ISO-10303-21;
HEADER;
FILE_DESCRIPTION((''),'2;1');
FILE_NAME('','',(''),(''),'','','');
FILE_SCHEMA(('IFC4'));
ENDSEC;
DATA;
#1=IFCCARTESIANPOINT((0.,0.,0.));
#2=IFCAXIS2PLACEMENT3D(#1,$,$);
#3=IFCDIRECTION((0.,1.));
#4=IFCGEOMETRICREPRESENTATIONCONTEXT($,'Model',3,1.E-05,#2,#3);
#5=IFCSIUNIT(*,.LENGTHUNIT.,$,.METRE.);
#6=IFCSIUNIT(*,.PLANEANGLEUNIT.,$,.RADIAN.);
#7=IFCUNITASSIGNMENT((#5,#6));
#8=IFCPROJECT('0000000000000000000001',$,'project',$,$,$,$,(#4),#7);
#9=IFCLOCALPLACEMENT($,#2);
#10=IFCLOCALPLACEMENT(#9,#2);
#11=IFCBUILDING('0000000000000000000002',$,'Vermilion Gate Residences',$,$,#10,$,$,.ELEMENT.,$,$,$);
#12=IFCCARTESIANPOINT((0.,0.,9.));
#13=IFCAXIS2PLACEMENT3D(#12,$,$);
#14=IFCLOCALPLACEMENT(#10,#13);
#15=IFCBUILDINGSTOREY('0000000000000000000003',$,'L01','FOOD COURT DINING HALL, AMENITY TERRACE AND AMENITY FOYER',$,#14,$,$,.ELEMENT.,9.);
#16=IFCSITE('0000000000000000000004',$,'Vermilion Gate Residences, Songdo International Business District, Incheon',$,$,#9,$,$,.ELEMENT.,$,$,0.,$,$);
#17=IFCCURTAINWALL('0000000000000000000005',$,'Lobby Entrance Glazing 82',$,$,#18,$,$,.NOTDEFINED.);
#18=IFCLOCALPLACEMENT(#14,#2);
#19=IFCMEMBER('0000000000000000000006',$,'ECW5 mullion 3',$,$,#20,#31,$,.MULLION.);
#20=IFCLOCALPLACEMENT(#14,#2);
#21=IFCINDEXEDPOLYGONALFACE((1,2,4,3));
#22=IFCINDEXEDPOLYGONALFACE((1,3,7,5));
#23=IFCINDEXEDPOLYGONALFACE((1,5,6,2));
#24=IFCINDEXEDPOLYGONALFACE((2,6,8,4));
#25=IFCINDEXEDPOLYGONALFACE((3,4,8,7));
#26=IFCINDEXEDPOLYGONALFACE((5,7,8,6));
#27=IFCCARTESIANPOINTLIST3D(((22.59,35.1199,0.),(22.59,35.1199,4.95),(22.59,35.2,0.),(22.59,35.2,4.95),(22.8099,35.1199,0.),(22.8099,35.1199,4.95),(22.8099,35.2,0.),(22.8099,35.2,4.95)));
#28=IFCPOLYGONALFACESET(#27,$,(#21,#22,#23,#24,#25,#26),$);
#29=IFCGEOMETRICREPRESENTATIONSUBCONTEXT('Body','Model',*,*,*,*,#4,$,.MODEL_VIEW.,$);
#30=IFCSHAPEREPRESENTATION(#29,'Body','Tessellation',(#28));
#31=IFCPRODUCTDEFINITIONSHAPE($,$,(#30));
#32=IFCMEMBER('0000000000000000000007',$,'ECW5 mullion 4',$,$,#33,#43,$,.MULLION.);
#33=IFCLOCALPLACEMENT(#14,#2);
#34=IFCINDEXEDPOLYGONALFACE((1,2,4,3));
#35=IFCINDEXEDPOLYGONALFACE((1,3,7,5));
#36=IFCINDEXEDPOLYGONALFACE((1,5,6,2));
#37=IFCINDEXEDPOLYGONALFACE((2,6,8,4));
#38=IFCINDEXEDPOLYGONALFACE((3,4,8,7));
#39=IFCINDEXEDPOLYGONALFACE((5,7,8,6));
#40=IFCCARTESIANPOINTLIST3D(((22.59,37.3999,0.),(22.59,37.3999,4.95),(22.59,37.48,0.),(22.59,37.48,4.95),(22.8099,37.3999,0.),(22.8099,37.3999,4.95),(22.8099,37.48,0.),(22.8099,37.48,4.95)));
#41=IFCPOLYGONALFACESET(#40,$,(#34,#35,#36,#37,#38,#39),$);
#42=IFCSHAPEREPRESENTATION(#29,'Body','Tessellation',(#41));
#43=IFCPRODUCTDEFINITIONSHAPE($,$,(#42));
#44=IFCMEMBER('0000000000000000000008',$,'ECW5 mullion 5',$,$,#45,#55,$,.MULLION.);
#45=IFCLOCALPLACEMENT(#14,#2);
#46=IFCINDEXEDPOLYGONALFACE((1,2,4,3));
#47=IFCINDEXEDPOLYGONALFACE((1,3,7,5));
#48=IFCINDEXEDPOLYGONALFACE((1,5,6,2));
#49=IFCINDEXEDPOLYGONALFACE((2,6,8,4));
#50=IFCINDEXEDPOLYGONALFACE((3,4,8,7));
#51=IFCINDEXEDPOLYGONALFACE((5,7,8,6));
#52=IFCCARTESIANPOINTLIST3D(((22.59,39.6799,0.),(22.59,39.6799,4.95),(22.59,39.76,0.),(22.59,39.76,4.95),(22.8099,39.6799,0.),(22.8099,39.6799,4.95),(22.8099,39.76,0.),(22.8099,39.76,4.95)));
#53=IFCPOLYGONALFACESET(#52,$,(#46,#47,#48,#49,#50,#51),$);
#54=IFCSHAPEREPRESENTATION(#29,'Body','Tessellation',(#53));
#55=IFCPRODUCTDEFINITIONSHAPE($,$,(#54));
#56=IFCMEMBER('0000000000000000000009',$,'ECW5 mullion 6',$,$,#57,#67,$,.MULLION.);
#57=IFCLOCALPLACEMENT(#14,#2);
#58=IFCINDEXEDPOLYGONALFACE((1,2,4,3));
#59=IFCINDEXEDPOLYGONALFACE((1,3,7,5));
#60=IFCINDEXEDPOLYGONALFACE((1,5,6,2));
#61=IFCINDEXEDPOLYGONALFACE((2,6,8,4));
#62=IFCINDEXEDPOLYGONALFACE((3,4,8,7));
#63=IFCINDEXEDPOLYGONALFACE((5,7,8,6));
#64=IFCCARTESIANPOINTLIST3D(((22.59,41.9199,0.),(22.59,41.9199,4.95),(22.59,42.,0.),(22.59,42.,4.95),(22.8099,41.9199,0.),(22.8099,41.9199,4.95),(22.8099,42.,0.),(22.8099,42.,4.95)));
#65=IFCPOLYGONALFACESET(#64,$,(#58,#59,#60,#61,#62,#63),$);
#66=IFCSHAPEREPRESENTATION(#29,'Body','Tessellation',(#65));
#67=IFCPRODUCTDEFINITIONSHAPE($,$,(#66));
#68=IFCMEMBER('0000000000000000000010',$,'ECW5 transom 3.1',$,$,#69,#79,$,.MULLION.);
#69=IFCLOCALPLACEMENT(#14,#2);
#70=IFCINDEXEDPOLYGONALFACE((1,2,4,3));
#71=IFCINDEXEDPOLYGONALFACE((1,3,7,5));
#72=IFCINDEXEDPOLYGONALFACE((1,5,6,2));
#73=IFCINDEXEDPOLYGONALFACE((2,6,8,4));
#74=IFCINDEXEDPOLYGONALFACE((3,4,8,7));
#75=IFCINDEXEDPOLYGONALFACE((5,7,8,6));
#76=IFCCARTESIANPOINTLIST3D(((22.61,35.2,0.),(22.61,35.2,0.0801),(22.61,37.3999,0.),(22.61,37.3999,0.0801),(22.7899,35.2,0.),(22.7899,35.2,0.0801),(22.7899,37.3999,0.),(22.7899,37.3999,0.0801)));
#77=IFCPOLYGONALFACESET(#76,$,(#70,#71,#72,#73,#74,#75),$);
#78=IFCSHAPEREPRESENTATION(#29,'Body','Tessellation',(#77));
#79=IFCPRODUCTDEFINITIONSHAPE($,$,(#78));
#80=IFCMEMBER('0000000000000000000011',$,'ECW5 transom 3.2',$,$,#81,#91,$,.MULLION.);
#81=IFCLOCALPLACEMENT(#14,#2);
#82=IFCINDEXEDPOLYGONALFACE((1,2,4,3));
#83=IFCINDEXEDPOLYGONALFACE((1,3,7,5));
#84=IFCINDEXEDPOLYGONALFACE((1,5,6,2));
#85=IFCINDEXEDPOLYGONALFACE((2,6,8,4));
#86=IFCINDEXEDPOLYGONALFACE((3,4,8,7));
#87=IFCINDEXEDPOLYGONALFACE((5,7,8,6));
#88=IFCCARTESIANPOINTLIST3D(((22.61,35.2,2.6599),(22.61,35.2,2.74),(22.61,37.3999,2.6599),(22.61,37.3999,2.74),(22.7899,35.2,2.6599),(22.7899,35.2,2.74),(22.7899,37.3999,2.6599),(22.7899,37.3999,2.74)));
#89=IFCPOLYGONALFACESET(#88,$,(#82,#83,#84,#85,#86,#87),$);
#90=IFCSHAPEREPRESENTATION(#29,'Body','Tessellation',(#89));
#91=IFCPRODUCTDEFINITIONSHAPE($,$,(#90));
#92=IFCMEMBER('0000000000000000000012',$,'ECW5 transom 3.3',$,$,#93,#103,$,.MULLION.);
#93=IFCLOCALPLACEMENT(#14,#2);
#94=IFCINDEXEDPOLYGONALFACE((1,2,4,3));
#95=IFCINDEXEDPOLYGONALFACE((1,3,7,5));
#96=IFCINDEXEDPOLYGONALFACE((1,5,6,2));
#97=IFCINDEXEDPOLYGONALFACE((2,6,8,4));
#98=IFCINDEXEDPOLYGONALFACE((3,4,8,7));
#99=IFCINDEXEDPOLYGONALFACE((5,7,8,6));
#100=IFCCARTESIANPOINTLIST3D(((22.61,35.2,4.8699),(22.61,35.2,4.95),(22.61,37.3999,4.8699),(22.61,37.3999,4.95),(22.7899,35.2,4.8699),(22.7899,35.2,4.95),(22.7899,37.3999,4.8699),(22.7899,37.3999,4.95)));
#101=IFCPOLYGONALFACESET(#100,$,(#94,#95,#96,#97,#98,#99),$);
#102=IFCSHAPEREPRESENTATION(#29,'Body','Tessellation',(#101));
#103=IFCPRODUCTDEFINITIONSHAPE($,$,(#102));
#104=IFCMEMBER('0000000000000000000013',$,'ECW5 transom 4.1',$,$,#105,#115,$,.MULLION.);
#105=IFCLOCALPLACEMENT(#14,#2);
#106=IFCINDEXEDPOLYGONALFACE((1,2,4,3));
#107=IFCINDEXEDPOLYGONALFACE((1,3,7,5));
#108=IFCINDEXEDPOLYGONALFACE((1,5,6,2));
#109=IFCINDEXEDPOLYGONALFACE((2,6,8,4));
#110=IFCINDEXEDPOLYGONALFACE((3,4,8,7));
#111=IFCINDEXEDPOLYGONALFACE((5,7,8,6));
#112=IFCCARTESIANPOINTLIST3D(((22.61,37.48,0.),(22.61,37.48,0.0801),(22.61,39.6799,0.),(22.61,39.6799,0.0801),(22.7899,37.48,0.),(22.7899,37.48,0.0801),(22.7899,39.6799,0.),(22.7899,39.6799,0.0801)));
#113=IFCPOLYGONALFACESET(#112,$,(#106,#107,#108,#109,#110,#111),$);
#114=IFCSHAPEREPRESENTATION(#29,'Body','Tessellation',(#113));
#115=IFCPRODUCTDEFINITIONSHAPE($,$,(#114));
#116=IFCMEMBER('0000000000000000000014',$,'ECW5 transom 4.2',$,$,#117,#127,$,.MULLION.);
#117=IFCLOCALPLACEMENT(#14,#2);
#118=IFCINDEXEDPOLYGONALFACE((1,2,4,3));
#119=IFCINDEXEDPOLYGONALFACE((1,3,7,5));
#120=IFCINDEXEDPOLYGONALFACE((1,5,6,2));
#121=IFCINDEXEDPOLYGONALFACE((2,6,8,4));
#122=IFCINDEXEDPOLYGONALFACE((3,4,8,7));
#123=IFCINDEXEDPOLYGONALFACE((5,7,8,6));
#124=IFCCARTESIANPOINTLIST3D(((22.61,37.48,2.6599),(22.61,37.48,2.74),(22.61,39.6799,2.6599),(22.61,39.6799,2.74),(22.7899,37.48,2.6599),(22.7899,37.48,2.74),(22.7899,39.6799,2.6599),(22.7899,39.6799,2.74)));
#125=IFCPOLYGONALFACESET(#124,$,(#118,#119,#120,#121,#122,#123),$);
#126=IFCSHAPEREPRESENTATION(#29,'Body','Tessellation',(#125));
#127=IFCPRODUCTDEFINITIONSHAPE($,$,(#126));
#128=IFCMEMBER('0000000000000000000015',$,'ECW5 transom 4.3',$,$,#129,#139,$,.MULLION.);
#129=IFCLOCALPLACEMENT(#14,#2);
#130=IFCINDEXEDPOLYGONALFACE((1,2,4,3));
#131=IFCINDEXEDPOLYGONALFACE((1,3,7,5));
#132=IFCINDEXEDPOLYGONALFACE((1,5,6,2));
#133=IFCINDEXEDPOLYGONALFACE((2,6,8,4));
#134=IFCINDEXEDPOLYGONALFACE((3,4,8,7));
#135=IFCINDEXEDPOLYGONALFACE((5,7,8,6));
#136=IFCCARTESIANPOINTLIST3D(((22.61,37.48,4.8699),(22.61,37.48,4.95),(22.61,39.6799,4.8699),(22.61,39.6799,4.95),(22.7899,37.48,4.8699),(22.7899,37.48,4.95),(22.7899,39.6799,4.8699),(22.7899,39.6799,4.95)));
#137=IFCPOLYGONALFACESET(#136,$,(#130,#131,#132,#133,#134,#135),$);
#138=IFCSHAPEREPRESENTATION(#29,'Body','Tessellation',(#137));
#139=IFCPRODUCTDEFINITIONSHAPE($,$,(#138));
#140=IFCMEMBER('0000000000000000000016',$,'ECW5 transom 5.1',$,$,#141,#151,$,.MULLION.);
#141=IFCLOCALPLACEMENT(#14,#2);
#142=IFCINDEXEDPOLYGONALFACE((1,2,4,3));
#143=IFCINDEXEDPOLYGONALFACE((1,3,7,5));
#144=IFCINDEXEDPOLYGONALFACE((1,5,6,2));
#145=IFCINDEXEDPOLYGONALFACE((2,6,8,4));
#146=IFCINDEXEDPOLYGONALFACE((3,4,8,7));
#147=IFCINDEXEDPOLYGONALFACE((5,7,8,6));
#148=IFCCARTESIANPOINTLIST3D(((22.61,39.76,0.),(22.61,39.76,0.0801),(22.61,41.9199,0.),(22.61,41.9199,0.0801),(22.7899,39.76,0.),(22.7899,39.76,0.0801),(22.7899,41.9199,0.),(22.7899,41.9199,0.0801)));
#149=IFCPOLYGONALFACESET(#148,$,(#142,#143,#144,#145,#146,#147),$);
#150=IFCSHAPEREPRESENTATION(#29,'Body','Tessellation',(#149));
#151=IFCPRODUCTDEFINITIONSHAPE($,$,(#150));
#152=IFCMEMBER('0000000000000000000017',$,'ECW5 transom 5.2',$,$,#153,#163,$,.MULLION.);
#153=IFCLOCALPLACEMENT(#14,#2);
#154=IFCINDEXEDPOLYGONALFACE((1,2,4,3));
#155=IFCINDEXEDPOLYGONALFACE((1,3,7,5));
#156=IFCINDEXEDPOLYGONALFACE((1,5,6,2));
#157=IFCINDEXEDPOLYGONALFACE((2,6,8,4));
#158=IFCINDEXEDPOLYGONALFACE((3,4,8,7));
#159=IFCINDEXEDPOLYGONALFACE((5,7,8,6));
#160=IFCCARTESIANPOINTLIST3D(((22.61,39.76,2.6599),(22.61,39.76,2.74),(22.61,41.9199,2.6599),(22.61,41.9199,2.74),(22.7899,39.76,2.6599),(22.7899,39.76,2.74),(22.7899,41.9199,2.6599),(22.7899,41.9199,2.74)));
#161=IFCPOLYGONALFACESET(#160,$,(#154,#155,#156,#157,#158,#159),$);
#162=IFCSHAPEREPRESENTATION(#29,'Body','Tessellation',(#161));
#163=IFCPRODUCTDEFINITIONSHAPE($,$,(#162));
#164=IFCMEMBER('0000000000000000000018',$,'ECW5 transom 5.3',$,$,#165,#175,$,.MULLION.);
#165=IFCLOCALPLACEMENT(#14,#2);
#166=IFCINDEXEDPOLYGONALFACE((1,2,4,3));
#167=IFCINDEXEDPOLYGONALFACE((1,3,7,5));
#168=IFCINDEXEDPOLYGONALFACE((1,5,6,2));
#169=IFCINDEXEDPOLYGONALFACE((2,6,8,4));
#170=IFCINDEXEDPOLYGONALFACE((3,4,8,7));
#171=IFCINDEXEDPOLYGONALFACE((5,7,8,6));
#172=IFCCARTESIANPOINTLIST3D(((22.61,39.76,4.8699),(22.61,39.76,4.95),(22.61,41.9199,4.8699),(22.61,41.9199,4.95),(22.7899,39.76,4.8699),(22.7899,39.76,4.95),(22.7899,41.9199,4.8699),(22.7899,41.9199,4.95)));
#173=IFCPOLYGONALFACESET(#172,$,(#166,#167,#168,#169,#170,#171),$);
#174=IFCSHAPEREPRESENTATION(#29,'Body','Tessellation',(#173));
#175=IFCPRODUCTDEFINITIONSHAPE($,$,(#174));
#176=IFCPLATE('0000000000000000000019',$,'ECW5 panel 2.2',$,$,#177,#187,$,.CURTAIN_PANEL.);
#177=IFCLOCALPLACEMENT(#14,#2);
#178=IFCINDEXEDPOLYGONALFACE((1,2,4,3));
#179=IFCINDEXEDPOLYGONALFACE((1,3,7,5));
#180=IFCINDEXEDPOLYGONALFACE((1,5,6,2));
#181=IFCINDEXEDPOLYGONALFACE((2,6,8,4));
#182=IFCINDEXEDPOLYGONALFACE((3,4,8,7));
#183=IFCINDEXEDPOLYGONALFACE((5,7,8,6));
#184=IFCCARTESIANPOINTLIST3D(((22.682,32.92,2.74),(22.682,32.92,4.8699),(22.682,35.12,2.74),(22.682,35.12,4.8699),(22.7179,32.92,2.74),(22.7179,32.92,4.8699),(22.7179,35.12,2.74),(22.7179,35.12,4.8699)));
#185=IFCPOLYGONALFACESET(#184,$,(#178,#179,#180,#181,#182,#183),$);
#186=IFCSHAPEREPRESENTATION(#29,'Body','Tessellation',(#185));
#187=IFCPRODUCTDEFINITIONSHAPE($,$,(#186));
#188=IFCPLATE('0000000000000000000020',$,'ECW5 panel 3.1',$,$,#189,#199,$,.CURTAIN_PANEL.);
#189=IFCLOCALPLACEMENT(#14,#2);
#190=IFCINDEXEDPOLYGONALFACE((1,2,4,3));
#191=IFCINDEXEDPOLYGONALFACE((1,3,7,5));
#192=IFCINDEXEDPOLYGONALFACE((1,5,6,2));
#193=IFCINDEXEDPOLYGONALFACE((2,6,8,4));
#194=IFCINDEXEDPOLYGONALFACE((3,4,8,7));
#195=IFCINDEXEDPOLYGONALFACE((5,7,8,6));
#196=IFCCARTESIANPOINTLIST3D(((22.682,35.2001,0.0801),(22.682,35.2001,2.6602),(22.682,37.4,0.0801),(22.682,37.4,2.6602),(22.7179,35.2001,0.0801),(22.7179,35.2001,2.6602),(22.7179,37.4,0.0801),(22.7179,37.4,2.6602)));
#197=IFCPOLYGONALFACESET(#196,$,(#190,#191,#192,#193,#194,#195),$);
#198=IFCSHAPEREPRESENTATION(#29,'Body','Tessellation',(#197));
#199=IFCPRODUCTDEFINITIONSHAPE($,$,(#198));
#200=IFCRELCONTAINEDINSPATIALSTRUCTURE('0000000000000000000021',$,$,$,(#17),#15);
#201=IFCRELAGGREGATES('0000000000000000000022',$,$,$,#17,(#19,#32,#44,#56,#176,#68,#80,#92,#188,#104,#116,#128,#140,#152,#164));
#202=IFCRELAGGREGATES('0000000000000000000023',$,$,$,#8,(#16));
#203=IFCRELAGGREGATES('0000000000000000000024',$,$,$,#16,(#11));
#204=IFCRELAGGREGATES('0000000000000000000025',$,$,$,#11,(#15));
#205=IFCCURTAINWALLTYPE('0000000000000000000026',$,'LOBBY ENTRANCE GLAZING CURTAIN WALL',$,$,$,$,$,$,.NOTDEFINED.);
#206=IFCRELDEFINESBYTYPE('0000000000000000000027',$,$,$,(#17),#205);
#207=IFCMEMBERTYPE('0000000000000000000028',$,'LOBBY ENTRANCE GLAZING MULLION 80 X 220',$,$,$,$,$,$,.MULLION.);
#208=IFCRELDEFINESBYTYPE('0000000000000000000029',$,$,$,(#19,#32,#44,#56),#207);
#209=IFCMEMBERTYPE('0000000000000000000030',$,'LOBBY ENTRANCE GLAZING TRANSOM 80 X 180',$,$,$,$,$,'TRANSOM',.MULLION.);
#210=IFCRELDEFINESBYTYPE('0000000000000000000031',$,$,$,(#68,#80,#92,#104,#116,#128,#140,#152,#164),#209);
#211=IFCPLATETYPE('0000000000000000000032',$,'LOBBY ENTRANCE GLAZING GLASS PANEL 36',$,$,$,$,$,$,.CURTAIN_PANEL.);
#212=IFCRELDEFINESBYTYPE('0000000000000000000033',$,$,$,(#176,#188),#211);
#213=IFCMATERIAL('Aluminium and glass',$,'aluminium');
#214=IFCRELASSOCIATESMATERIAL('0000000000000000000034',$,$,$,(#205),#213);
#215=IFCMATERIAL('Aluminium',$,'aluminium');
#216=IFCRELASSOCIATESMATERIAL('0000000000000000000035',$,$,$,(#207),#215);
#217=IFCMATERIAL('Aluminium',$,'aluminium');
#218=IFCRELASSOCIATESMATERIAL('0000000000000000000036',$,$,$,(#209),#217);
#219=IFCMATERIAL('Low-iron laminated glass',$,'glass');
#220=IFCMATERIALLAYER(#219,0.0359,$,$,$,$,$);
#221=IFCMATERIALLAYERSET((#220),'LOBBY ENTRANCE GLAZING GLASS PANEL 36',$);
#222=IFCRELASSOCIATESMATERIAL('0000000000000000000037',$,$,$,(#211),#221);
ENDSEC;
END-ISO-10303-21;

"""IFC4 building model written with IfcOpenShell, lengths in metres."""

from ifc_helpers import new_model, si_unit, direction, frame, origin, origin_2d, place, context, subcontext, project, spatial, rectangle, extrude, material, layer, layer_set, material_profile, profile_set, type_object, element, aggregate, save


model = new_model("IFC4")

# Units and contexts
model_context = context("Model", 3, precision=1e-05, world=origin(), true_north=direction((0.0, 1.0)))
body_context = subcontext(model_context, "Body", "Model", "MODEL_VIEW")
ifc_project = project(units=[si_unit("LENGTHUNIT", "METRE"), si_unit("PLANEANGLEUNIT", "RADIAN")], contexts=[model_context])

# Site, building, storey
site_placement = place(None, origin())
site = spatial("IfcSite", under=ifc_project, at=site_placement, Name="Vermilion Gate Residences, Songdo International Business District, Incheon", CompositionType="ELEMENT", RefElevation=0.0)
building_placement = place(site_placement, origin())
building = spatial("IfcBuilding", under=site, at=building_placement, Name="Vermilion Gate Residences", CompositionType="ELEMENT")
storey_placement = place(building_placement, frame((0.0, 0.0, 9.0)))
storey = spatial("IfcBuildingStorey", under=building, at=storey_placement, Name="L01", Description="FOOD COURT DINING HALL, AMENITY TERRACE AND AMENITY FOYER", CompositionType="ELEMENT", Elevation=9.0)

# Curtain wall, members, plates
ifc_material_1 = material(Name="Aluminium and glass", Category="aluminium")
curtain_wall_type = type_object("IfcCurtainWallType", Name="LOBBY ENTRANCE GLAZING CURTAIN WALL", PredefinedType="NOTDEFINED", material=ifc_material_1)
curtain_wall_placement = place(storey_placement, origin())
curtain_wall = element("IfcCurtainWall", 1, at=curtain_wall_placement, inside=storey, type_object=curtain_wall_type, Name="Lobby Entrance Glazing 82", PredefinedType="NOTDEFINED")
ifc_material_2 = material(Name="Aluminium", Category="aluminium")
ifc_material_profile_1 = material_profile(ifc_material_2, rectangle(XDim=0.22, YDim=0.0801, at=origin_2d()), Name="MULLION 80 X 220")
ifc_profile_set_1 = profile_set([ifc_material_profile_1], Name="Aluminium")
member_type_1 = type_object("IfcMemberType", Name="LOBBY ENTRANCE GLAZING MULLION 80 X 220", PredefinedType="MULLION", material=ifc_profile_set_1)
member_1_placement = place(storey_placement, frame((22.7, 35.1599, 0.0), z_axis=(0.0, 0.0, 1.0), x_axis=(-1.0, 0.0, 0.0)))
member_1 = element("IfcMember", 2, at=member_1_placement, type_object=member_type_1, Name="ECW5 mullion 3", PredefinedType="MULLION", context=body_context, shape_type="SweptSolid", body=[
    extrude(rectangle(XDim=0.22, YDim=0.0801, at=origin_2d()), origin(), (0.0, 0.0, 1.0), 4.95),
])
member_2_placement = place(storey_placement, frame((22.7, 37.4399, 0.0), z_axis=(0.0, 0.0, 1.0), x_axis=(-1.0, 0.0, 0.0)))
member_2 = element("IfcMember", 3, at=member_2_placement, type_object=member_type_1, Name="ECW5 mullion 4", PredefinedType="MULLION", context=body_context, shape_type="SweptSolid", body=[
    extrude(rectangle(XDim=0.22, YDim=0.0801, at=origin_2d()), origin(), (0.0, 0.0, 1.0), 4.95),
])
member_3_placement = place(storey_placement, frame((22.7, 39.72, 0.0), z_axis=(0.0, 0.0, 1.0), x_axis=(-1.0, 0.0, 0.0)))
member_3 = element("IfcMember", 4, at=member_3_placement, type_object=member_type_1, Name="ECW5 mullion 5", PredefinedType="MULLION", context=body_context, shape_type="SweptSolid", body=[
    extrude(rectangle(XDim=0.22, YDim=0.0801, at=origin_2d()), origin(), (0.0, 0.0, 1.0), 4.95),
])
member_4_placement = place(storey_placement, frame((22.7, 41.96, 0.0), z_axis=(0.0, 0.0, 1.0), x_axis=(-1.0, 0.0, 0.0)))
member_4 = element("IfcMember", 5, at=member_4_placement, type_object=member_type_1, Name="ECW5 mullion 6", PredefinedType="MULLION", context=body_context, shape_type="SweptSolid", body=[
    extrude(rectangle(XDim=0.22, YDim=0.0801, at=origin_2d()), origin(), (0.0, 0.0, 1.0), 4.95),
])
ifc_material_3 = material(Name="Aluminium", Category="aluminium")
ifc_material_profile_2 = material_profile(ifc_material_3, rectangle(XDim=0.1799, YDim=0.0801, at=origin_2d()), Name="TRANSOM 80 X 180")
ifc_profile_set_2 = profile_set([ifc_material_profile_2], Name="Aluminium")
member_type_2 = type_object("IfcMemberType", Name="LOBBY ENTRANCE GLAZING TRANSOM 80 X 180", ElementType="TRANSOM", PredefinedType="MULLION", material=ifc_profile_set_2)
member_5_placement = place(storey_placement, frame((22.7, 35.2, 0.04), z_axis=(0.0, 1.0, 0.0), x_axis=(-1.0, 0.0, 0.0)))
member_5 = element("IfcMember", 6, at=member_5_placement, type_object=member_type_2, Name="ECW5 transom 3.1", PredefinedType="MULLION", context=body_context, shape_type="SweptSolid", body=[
    extrude(rectangle(XDim=0.1799, YDim=0.0801, at=origin_2d()), origin(), (0.0, 0.0, 1.0), 2.2),
])
member_6_placement = place(storey_placement, frame((22.7, 35.2, 2.7), z_axis=(0.0, 1.0, 0.0), x_axis=(-1.0, 0.0, 0.0)))
member_6 = element("IfcMember", 7, at=member_6_placement, type_object=member_type_2, Name="ECW5 transom 3.2", PredefinedType="MULLION", context=body_context, shape_type="SweptSolid", body=[
    extrude(rectangle(XDim=0.1799, YDim=0.0801, at=origin_2d()), origin(), (0.0, 0.0, 1.0), 2.2),
])
member_7_placement = place(storey_placement, frame((22.7, 35.2, 4.9099), z_axis=(0.0, 1.0, 0.0), x_axis=(-1.0, 0.0, 0.0)))
member_7 = element("IfcMember", 8, at=member_7_placement, type_object=member_type_2, Name="ECW5 transom 3.3", PredefinedType="MULLION", context=body_context, shape_type="SweptSolid", body=[
    extrude(rectangle(XDim=0.1799, YDim=0.0801, at=origin_2d()), origin(), (0.0, 0.0, 1.0), 2.2),
])
member_8_placement = place(storey_placement, frame((22.7, 37.48, 0.04), z_axis=(0.0, 1.0, 0.0), x_axis=(-1.0, 0.0, 0.0)))
member_8 = element("IfcMember", 9, at=member_8_placement, type_object=member_type_2, Name="ECW5 transom 4.1", PredefinedType="MULLION", context=body_context, shape_type="SweptSolid", body=[
    extrude(rectangle(XDim=0.1799, YDim=0.0801, at=origin_2d()), origin(), (0.0, 0.0, 1.0), 2.2),
])
member_9_placement = place(storey_placement, frame((22.7, 37.48, 2.7), z_axis=(0.0, 1.0, 0.0), x_axis=(-1.0, 0.0, 0.0)))
member_9 = element("IfcMember", 10, at=member_9_placement, type_object=member_type_2, Name="ECW5 transom 4.2", PredefinedType="MULLION", context=body_context, shape_type="SweptSolid", body=[
    extrude(rectangle(XDim=0.1799, YDim=0.0801, at=origin_2d()), origin(), (0.0, 0.0, 1.0), 2.2),
])
member_10_placement = place(storey_placement, frame((22.7, 37.48, 4.9099), z_axis=(0.0, 1.0, 0.0), x_axis=(-1.0, 0.0, 0.0)))
member_10 = element("IfcMember", 11, at=member_10_placement, type_object=member_type_2, Name="ECW5 transom 4.3", PredefinedType="MULLION", context=body_context, shape_type="SweptSolid", body=[
    extrude(rectangle(XDim=0.1799, YDim=0.0801, at=origin_2d()), origin(), (0.0, 0.0, 1.0), 2.2),
])
member_11_placement = place(storey_placement, frame((22.7, 39.76, 0.04), z_axis=(0.0, 1.0, 0.0), x_axis=(-1.0, 0.0, 0.0)))
member_11 = element("IfcMember", 12, at=member_11_placement, type_object=member_type_2, Name="ECW5 transom 5.1", PredefinedType="MULLION", context=body_context, shape_type="SweptSolid", body=[
    extrude(rectangle(XDim=0.1799, YDim=0.0801, at=origin_2d()), origin(), (0.0, 0.0, 1.0), 2.1599),
])
member_12_placement = place(storey_placement, frame((22.7, 39.76, 2.7), z_axis=(0.0, 1.0, 0.0), x_axis=(-1.0, 0.0, 0.0)))
member_12 = element("IfcMember", 13, at=member_12_placement, type_object=member_type_2, Name="ECW5 transom 5.2", PredefinedType="MULLION", context=body_context, shape_type="SweptSolid", body=[
    extrude(rectangle(XDim=0.1799, YDim=0.0801, at=origin_2d()), origin(), (0.0, 0.0, 1.0), 2.1599),
])
member_13_placement = place(storey_placement, frame((22.7, 39.76, 4.9099), z_axis=(0.0, 1.0, 0.0), x_axis=(-1.0, 0.0, 0.0)))
member_13 = element("IfcMember", 14, at=member_13_placement, type_object=member_type_2, Name="ECW5 transom 5.3", PredefinedType="MULLION", context=body_context, shape_type="SweptSolid", body=[
    extrude(rectangle(XDim=0.1799, YDim=0.0801, at=origin_2d()), origin(), (0.0, 0.0, 1.0), 2.1599),
])
ifc_material_4 = material(Name="Low-iron laminated glass", Category="glass")
ifc_layer = layer(ifc_material_4, 0.0359)
ifc_layer_set = layer_set([ifc_layer], Name="LOBBY ENTRANCE GLAZING GLASS PANEL 36")
plate_type = type_object("IfcPlateType", Name="LOBBY ENTRANCE GLAZING GLASS PANEL 36", PredefinedType="CURTAIN_PANEL", material=ifc_layer_set)
plate_1_placement = place(storey_placement, frame((22.7, 34.02, 2.74), z_axis=(0.0, 0.0, 1.0), x_axis=(0.0, 1.0, 0.0)))
plate_1 = element("IfcPlate", 15, at=plate_1_placement, type_object=plate_type, Name="ECW5 panel 2.2", PredefinedType="CURTAIN_PANEL", context=body_context, shape_type="SweptSolid", body=[
    extrude(rectangle(XDim=2.2, YDim=0.0359, at=origin_2d()), origin(), (0.0, 0.0, 1.0), 2.1299),
])
plate_2_placement = place(storey_placement, frame((22.7, 36.3, 0.0801), z_axis=(0.0, 0.0, 1.0), x_axis=(0.0, 1.0, 0.0)))
plate_2 = element("IfcPlate", 16, at=plate_2_placement, type_object=plate_type, Name="ECW5 panel 3.1", PredefinedType="CURTAIN_PANEL", context=body_context, shape_type="SweptSolid", body=[
    extrude(rectangle(XDim=2.2, YDim=0.0359, at=origin_2d()), origin(), (0.0, 0.0, 1.0), 2.5801),
])
aggregate(curtain_wall, [member_1, member_2, member_3, member_4, plate_1, member_5, member_6, member_7, plate_2, member_8, member_9, member_10, member_11, member_12, member_13])

save(model, "model.ifc")
